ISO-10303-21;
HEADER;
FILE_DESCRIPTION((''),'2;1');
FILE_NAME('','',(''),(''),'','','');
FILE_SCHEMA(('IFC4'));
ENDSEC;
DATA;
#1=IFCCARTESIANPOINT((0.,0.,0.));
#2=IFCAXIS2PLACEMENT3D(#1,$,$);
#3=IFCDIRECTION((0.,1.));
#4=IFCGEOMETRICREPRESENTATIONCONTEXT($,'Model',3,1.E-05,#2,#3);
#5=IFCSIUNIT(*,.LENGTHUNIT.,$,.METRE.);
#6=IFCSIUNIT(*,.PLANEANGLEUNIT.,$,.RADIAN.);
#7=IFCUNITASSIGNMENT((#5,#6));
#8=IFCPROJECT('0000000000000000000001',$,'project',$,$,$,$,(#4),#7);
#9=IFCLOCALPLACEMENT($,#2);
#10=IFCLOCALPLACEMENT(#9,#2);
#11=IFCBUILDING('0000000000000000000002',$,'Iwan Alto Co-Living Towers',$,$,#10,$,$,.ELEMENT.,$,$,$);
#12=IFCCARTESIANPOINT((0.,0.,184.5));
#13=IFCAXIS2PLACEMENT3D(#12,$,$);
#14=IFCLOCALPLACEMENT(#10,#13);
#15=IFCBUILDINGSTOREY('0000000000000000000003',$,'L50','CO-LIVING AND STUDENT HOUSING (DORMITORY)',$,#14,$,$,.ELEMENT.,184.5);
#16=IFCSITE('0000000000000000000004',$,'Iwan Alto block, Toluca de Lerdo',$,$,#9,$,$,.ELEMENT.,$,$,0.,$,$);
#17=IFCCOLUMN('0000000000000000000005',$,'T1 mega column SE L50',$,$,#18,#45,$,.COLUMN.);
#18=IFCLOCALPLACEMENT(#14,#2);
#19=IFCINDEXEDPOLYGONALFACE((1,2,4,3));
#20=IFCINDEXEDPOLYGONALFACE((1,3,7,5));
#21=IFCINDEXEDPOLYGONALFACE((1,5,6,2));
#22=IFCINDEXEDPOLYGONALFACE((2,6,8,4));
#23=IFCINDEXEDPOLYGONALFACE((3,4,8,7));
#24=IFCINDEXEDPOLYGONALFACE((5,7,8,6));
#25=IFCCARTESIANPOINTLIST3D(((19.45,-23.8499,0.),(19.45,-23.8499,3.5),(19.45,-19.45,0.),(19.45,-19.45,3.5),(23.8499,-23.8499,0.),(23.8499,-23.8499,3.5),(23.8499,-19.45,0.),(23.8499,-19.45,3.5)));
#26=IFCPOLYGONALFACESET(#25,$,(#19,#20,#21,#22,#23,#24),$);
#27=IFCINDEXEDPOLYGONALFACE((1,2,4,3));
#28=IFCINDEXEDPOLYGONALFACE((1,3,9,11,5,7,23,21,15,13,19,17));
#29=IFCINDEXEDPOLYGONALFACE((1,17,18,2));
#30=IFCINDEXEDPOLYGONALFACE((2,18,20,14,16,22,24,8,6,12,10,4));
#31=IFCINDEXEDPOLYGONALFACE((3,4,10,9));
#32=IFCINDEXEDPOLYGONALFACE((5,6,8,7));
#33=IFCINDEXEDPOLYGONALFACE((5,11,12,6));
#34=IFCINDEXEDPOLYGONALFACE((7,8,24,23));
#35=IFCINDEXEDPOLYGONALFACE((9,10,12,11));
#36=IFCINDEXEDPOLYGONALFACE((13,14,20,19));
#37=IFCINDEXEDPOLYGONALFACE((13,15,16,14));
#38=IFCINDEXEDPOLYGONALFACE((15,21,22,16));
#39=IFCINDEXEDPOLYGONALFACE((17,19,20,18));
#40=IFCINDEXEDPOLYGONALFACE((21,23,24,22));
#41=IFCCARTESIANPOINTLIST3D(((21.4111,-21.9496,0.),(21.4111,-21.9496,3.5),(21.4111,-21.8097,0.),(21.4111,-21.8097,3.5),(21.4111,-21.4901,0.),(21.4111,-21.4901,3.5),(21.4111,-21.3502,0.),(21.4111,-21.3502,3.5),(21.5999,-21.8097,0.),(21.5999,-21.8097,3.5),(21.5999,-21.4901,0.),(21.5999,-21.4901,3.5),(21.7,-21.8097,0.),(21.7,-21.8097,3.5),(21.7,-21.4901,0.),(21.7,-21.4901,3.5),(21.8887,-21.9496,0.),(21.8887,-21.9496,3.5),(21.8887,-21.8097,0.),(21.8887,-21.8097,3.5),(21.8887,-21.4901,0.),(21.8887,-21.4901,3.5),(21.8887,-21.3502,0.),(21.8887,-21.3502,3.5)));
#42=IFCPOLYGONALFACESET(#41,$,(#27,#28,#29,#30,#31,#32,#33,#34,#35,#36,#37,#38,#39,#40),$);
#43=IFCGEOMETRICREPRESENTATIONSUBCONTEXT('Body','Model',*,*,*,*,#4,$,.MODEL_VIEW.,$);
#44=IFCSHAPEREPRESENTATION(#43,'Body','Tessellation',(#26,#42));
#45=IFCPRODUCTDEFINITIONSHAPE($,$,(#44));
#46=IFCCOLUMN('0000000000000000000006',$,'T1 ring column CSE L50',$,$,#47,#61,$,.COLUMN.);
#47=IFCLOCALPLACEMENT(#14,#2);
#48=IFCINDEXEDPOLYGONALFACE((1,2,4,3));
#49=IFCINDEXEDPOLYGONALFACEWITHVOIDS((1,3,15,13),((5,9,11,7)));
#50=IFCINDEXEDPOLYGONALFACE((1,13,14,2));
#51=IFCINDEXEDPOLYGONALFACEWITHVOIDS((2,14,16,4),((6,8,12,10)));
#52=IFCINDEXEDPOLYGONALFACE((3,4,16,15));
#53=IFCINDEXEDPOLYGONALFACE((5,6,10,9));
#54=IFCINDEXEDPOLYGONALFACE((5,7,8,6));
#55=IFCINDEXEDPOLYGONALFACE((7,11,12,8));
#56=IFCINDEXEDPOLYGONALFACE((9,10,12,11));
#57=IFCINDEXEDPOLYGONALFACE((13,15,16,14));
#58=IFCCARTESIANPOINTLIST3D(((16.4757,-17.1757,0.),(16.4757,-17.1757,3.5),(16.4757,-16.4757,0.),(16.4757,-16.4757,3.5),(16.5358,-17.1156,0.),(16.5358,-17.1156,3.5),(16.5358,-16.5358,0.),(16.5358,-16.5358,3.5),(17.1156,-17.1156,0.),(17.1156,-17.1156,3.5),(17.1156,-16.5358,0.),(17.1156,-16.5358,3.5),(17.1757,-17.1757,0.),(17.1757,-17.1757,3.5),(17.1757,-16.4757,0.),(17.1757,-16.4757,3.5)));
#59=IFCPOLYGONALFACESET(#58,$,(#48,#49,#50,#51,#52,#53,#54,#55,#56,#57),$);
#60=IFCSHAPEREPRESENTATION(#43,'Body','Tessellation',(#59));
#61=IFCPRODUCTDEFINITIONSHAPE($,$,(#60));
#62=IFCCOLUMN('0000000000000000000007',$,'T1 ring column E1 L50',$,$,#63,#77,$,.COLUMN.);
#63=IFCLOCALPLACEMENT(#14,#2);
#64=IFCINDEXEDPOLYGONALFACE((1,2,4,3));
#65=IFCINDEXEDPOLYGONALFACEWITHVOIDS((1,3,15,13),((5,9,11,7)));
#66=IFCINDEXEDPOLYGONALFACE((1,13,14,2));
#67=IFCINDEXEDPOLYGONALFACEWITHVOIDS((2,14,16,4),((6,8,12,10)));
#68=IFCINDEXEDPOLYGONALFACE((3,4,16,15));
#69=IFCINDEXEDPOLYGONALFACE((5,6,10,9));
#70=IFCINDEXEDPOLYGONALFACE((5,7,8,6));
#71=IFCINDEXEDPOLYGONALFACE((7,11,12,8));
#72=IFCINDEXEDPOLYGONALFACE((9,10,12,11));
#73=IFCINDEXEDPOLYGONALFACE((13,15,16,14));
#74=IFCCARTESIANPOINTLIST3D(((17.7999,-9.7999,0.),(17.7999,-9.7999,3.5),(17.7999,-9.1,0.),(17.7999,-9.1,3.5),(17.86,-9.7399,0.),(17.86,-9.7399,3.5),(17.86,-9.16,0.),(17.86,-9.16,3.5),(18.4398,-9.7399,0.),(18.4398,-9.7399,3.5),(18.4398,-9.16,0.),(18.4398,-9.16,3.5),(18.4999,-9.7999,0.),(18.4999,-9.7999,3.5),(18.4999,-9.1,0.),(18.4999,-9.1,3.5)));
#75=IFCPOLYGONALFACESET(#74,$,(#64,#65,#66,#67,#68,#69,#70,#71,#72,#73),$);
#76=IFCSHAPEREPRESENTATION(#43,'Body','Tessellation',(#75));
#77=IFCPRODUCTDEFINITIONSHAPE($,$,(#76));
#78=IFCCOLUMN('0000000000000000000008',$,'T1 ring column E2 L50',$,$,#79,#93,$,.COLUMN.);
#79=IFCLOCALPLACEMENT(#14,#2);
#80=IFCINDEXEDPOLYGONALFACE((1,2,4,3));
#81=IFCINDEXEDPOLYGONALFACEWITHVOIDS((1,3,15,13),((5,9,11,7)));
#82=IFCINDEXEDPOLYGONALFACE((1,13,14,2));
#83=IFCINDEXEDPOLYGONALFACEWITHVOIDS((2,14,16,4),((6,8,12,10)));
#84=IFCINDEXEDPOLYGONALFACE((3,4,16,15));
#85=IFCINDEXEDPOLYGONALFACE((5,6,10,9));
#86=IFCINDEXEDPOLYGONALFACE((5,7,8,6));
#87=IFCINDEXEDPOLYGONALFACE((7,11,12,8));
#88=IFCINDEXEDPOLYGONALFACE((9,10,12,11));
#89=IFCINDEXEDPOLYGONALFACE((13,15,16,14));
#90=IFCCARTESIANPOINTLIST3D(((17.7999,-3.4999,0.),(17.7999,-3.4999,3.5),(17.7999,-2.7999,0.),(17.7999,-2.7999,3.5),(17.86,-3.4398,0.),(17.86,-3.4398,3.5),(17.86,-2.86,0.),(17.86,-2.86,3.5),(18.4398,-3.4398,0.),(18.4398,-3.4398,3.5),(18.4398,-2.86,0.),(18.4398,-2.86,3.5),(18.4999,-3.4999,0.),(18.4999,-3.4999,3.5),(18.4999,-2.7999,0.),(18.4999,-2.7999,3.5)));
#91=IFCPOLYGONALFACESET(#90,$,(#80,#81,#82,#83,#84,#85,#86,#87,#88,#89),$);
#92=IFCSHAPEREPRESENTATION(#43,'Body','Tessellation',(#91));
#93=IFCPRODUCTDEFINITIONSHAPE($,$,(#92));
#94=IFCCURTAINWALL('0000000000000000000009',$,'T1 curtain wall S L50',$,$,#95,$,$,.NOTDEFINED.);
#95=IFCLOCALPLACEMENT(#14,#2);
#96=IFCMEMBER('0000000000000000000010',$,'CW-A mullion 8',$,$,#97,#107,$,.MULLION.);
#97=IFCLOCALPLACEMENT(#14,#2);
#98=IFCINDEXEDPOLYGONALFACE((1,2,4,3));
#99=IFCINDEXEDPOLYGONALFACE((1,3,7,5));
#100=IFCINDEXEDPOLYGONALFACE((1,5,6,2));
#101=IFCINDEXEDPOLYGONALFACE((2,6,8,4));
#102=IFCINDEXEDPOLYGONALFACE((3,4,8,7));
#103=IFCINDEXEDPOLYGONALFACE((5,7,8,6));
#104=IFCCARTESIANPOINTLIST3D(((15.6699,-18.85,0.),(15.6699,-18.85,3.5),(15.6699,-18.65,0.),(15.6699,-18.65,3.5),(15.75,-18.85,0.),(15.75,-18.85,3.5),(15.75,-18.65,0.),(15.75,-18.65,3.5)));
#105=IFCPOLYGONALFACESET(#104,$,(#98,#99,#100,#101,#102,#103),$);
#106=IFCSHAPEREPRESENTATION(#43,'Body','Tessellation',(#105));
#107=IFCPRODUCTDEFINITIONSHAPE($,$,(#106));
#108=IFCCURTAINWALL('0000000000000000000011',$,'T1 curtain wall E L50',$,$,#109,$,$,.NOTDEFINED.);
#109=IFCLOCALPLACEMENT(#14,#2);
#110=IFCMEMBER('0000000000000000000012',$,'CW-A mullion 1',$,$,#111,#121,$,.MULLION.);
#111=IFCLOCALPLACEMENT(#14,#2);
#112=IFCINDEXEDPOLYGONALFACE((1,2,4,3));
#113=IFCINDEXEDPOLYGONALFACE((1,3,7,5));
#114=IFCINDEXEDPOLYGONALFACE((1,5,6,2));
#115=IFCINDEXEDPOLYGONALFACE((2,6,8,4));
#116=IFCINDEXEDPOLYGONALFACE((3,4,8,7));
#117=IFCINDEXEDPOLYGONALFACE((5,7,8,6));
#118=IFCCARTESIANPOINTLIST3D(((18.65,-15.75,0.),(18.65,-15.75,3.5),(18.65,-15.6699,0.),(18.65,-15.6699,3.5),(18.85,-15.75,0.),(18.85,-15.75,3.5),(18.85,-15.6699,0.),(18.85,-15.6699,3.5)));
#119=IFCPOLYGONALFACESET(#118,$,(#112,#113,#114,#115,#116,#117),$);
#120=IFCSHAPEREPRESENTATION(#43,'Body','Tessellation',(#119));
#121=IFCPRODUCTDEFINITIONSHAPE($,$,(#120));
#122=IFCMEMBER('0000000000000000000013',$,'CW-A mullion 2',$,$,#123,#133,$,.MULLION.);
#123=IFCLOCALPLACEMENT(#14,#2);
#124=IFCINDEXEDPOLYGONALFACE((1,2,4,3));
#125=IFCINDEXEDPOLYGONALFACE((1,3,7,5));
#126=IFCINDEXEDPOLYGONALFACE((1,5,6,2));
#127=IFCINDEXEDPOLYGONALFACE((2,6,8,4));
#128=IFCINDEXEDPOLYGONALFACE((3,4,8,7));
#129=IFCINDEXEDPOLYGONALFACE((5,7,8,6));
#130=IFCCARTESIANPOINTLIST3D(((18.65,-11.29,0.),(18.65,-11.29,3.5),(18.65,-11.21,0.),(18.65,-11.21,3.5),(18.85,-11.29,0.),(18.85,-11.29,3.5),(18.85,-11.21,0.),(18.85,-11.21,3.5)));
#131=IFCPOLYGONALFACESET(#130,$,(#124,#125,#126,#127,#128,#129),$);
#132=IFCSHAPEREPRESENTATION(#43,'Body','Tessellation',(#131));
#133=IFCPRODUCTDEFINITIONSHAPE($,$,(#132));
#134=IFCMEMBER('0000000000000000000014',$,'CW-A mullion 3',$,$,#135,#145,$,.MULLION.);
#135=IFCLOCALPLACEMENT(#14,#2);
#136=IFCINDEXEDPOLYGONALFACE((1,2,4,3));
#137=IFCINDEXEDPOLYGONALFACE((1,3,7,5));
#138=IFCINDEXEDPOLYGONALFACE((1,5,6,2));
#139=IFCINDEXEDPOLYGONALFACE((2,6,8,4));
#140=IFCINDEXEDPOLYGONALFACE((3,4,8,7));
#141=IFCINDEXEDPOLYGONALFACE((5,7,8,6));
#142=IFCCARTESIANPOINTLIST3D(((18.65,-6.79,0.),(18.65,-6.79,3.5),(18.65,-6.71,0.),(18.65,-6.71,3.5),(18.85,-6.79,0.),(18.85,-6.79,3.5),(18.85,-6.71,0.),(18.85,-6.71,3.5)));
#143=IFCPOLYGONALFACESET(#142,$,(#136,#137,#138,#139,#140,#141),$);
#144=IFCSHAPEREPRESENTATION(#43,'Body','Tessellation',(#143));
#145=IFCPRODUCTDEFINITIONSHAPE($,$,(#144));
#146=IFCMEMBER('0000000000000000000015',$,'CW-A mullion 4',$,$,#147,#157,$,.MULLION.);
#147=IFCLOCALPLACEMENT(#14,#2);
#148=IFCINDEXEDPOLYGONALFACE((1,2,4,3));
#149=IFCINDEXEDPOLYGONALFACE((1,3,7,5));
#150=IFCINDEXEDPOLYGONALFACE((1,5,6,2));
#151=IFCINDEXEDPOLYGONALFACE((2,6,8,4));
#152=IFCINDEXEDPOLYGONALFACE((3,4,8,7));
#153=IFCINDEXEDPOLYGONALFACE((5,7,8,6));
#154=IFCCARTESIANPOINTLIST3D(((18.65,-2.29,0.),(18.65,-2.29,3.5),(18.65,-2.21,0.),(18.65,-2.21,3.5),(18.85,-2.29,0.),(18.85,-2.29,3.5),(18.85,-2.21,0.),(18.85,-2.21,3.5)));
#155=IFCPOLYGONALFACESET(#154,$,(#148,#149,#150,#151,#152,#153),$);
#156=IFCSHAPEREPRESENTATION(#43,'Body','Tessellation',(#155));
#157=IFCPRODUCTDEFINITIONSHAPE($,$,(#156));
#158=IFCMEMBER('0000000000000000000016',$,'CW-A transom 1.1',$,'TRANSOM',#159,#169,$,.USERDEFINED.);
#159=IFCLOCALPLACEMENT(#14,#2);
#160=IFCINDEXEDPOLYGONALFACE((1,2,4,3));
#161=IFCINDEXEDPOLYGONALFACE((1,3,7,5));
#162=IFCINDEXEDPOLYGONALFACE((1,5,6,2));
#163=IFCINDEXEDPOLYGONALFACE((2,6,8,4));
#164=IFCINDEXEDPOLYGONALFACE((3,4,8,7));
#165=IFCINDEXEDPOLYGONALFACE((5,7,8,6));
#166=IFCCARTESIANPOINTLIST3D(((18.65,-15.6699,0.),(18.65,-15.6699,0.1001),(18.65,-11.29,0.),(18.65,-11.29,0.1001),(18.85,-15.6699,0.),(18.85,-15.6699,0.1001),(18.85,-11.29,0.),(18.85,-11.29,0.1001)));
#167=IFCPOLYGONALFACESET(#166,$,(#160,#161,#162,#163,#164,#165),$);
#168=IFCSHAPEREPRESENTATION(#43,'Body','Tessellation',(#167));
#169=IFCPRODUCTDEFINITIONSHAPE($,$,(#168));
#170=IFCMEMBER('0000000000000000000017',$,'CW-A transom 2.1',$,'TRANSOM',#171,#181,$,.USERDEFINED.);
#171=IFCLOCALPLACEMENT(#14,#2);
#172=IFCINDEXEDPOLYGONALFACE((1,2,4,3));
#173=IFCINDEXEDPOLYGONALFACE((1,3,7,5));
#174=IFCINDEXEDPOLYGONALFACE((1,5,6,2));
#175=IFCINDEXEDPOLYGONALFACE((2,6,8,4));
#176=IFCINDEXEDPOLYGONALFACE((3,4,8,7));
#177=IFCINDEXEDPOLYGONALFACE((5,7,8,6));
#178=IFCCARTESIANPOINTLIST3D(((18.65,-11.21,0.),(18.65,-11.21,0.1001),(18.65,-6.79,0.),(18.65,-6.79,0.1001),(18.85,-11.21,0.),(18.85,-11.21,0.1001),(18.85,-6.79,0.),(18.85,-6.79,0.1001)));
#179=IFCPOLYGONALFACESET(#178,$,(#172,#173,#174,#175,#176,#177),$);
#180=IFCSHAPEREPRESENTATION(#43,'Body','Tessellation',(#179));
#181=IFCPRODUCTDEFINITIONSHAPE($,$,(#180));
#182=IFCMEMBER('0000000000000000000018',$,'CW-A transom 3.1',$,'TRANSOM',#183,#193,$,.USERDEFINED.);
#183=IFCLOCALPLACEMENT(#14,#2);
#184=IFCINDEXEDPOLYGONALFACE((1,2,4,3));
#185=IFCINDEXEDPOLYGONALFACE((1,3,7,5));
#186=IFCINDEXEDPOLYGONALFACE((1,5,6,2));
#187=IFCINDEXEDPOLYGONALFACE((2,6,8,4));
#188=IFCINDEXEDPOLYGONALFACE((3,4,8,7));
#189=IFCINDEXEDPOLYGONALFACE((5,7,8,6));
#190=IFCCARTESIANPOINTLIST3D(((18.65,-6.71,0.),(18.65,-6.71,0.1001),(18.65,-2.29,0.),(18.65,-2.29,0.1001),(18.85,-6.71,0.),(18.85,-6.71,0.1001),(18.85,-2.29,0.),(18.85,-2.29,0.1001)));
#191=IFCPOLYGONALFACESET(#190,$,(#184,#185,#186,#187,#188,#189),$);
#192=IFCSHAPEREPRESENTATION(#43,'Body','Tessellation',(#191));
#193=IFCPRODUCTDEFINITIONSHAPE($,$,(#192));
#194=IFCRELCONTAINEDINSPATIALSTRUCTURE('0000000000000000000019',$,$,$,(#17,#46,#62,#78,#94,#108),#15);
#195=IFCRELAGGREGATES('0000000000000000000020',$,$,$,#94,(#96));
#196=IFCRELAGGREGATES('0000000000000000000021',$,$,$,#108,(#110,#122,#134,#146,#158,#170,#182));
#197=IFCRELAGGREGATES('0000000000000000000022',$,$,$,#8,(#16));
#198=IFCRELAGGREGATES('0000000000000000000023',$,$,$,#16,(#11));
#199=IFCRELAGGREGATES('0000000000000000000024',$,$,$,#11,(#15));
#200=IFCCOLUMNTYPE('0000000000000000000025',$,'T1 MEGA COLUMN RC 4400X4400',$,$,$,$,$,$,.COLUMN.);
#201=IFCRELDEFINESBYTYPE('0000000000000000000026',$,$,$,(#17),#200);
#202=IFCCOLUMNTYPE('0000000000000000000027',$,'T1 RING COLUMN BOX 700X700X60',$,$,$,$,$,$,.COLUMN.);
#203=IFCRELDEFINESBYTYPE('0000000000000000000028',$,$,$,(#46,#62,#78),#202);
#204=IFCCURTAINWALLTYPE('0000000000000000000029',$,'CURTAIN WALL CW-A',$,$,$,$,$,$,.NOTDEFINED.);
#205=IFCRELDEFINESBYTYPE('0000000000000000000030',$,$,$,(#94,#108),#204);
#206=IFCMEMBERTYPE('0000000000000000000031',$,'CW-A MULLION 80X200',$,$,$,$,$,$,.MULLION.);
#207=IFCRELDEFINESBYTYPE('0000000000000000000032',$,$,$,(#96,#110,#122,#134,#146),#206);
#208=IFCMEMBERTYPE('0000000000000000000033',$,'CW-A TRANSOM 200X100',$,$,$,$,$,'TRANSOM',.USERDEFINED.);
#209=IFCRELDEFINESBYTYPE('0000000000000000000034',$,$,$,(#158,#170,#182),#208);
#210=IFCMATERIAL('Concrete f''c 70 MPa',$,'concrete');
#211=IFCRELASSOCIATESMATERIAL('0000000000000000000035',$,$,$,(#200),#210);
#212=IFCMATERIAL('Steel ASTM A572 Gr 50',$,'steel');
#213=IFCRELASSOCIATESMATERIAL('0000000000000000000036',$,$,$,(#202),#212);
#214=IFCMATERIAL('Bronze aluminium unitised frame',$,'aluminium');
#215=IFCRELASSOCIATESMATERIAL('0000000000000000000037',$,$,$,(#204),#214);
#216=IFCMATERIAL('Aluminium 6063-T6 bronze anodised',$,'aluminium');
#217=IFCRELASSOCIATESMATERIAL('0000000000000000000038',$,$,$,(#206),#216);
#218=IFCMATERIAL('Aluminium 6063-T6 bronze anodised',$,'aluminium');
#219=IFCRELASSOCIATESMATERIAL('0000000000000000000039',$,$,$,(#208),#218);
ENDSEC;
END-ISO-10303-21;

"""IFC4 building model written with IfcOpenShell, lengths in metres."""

from ifc_helpers import new_model, si_unit, direction, frame, origin, origin_2d, place, context, subcontext, project, spatial, rectangle, hollow_rectangle, i_section, extrude, material, material_profile, profile_set, type_object, element, aggregate, save


model = new_model("IFC4")

# Units and contexts
model_context = context("Model", 3, precision=1e-05, world=origin(), true_north=direction((0.0, 1.0)))
body_context = subcontext(model_context, "Body", "Model", "MODEL_VIEW")
ifc_project = project(units=[si_unit("LENGTHUNIT", "METRE"), si_unit("PLANEANGLEUNIT", "RADIAN")], contexts=[model_context])

# Site, building, storey
site_placement = place(None, origin())
site = spatial("IfcSite", under=ifc_project, at=site_placement, Name="Iwan Alto block, Toluca de Lerdo", CompositionType="ELEMENT", RefElevation=0.0)
building_placement = place(site_placement, origin())
building = spatial("IfcBuilding", under=site, at=building_placement, Name="Iwan Alto Co-Living Towers", CompositionType="ELEMENT")
storey_placement = place(building_placement, frame((0.0, 0.0, 184.5)))
storey = spatial("IfcBuildingStorey", under=building, at=storey_placement, Name="L50", Description="CO-LIVING AND STUDENT HOUSING (DORMITORY)", CompositionType="ELEMENT", Elevation=184.5)

# Columns
ifc_material_1 = material(Name="Concrete f'c 70 MPa", Category="concrete")
ifc_material_profile_1 = material_profile(ifc_material_1, rectangle(XDim=4.3999, YDim=4.3999, at=origin_2d()), Name="RC 4400X4400")
ifc_profile_set_1 = profile_set([ifc_material_profile_1], Name="Concrete f'c 70 MPa")
column_type_1 = type_object("IfcColumnType", Name="T1 MEGA COLUMN RC 4400X4400", PredefinedType="COLUMN", material=ifc_profile_set_1)
column_placement = place(storey_placement, frame((21.6499, -21.6499, 0.0), z_axis=(0.0, 0.0, 1.0), x_axis=(1.0, 0.0, 0.0)))
element("IfcColumn", 1, at=column_placement, inside=storey, type_object=column_type_1, Name="T1 mega column SE L50", PredefinedType="COLUMN", context=body_context, shape_type="SweptSolid", body=[
    extrude(rectangle(XDim=4.3999, YDim=4.3999, at=origin_2d()), origin(), (0.0, 0.0, 1.0), 3.5),
    extrude(i_section(OverallWidth=0.4775, OverallDepth=0.5994, WebThickness=0.1001, FlangeThickness=0.1399, at=origin_2d()), origin(), (0.0, 0.0, 1.0), 3.5),
])
ifc_material_2 = material(Name="Steel ASTM A572 Gr 50", Category="steel")
ifc_material_profile_2 = material_profile(ifc_material_2, hollow_rectangle(XDim=0.7, YDim=0.7, WallThickness=0.0601, at=origin_2d()), Name="BOX 700X700X60")
ifc_profile_set_2 = profile_set([ifc_material_profile_2], Name="Steel ASTM A572 Gr 50")
column_type_2 = type_object("IfcColumnType", Name="T1 RING COLUMN BOX 700X700X60", PredefinedType="COLUMN", material=ifc_profile_set_2)
for number, where, z_axis, x_axis, name in (
    (2, (16.8257, -16.8257, 0.0), (0.0, 0.0, 1.0), (1.0, 0.0, 0.0), "T1 ring column CSE L50"),
    (3, (18.1499, -9.45, 0.0), (0.0, 0.0, 1.0), (1.0, 0.0, 0.0), "T1 ring column E1 L50"),
    (4, (18.1499, -3.1499, 0.0), (0.0, 0.0, 1.0), (1.0, 0.0, 0.0), "T1 ring column E2 L50"),
):
    element("IfcColumn", number, at=place(storey_placement, frame(where, z_axis=z_axis, x_axis=x_axis)), inside=storey, type_object=column_type_2, Name=name, PredefinedType="COLUMN", context=body_context, shape_type="SweptSolid", body=[
        extrude(hollow_rectangle(XDim=0.7, YDim=0.7, WallThickness=0.0601, at=origin_2d()), origin(), (0.0, 0.0, 1.0), 3.5),
    ])

# Curtain wall, member
ifc_material_3 = material(Name="Bronze aluminium unitised frame", Category="aluminium")
curtain_wall_type_1 = type_object("IfcCurtainWallType", Name="CURTAIN WALL CW-A", PredefinedType="NOTDEFINED", material=ifc_material_3)
curtain_wall_1_placement = place(storey_placement, origin())
curtain_wall_1 = element("IfcCurtainWall", 5, at=curtain_wall_1_placement, inside=storey, type_object=curtain_wall_type_1, Name="T1 curtain wall S L50", PredefinedType="NOTDEFINED")
ifc_material_4 = material(Name="Aluminium 6063-T6 bronze anodised", Category="aluminium")
ifc_material_profile_3 = material_profile(ifc_material_4, rectangle(XDim=0.2, YDim=0.0801, at=origin_2d()), Name="AL 80X200")
ifc_profile_set_3 = profile_set([ifc_material_profile_3], Name="Aluminium 6063-T6 bronze anodised")
member_type_1 = type_object("IfcMemberType", Name="CW-A MULLION 80X200", PredefinedType="MULLION", material=ifc_profile_set_3)
member_1_placement = place(storey_placement, frame((15.71, -18.75, 0.0), z_axis=(0.0, 0.0, 1.0), x_axis=(0.0, 1.0, 0.0)))
member_1 = element("IfcMember", 6, at=member_1_placement, type_object=member_type_1, Name="CW-A mullion 8", PredefinedType="MULLION", context=body_context, shape_type="SweptSolid", body=[
    extrude(rectangle(XDim=0.2, YDim=0.0801, at=origin_2d()), origin(), (0.0, 0.0, 1.0), 3.5),
])

# Curtain wall, members
curtain_wall_2_placement = place(storey_placement, origin())
curtain_wall_2 = element("IfcCurtainWall", 7, at=curtain_wall_2_placement, inside=storey, type_object=curtain_wall_type_1, Name="T1 curtain wall E L50", PredefinedType="NOTDEFINED")
member_2_placement = place(storey_placement, frame((18.75, -15.71, 0.0), z_axis=(0.0, 0.0, 1.0), x_axis=(-1.0, 0.0, 0.0)))
member_2 = element("IfcMember", 8, at=member_2_placement, type_object=member_type_1, Name="CW-A mullion 1", PredefinedType="MULLION", context=body_context, shape_type="SweptSolid", body=[
    extrude(rectangle(XDim=0.2, YDim=0.0801, at=origin_2d()), origin(), (0.0, 0.0, 1.0), 3.5),
])
member_3_placement = place(storey_placement, frame((18.75, -11.25, 0.0), z_axis=(0.0, 0.0, 1.0), x_axis=(-1.0, 0.0, 0.0)))
member_3 = element("IfcMember", 9, at=member_3_placement, type_object=member_type_1, Name="CW-A mullion 2", PredefinedType="MULLION", context=body_context, shape_type="SweptSolid", body=[
    extrude(rectangle(XDim=0.2, YDim=0.0801, at=origin_2d()), origin(), (0.0, 0.0, 1.0), 3.5),
])
member_4_placement = place(storey_placement, frame((18.75, -6.75, 0.0), z_axis=(0.0, 0.0, 1.0), x_axis=(-1.0, 0.0, 0.0)))
member_4 = element("IfcMember", 10, at=member_4_placement, type_object=member_type_1, Name="CW-A mullion 3", PredefinedType="MULLION", context=body_context, shape_type="SweptSolid", body=[
    extrude(rectangle(XDim=0.2, YDim=0.0801, at=origin_2d()), origin(), (0.0, 0.0, 1.0), 3.5),
])
member_5_placement = place(storey_placement, frame((18.75, -2.25, 0.0), z_axis=(0.0, 0.0, 1.0), x_axis=(-1.0, 0.0, 0.0)))
member_5 = element("IfcMember", 11, at=member_5_placement, type_object=member_type_1, Name="CW-A mullion 4", PredefinedType="MULLION", context=body_context, shape_type="SweptSolid", body=[
    extrude(rectangle(XDim=0.2, YDim=0.0801, at=origin_2d()), origin(), (0.0, 0.0, 1.0), 3.5),
])
ifc_material_5 = material(Name="Aluminium 6063-T6 bronze anodised", Category="aluminium")
ifc_material_profile_4 = material_profile(ifc_material_5, rectangle(XDim=0.2, YDim=0.1001, at=origin_2d()), Name="AL 200X100")
ifc_profile_set_4 = profile_set([ifc_material_profile_4], Name="Aluminium 6063-T6 bronze anodised")
member_type_2 = type_object("IfcMemberType", Name="CW-A TRANSOM 200X100", ElementType="TRANSOM", PredefinedType="USERDEFINED", material=ifc_profile_set_4)
member_6_placement = place(storey_placement, frame((18.75, -15.6699, 0.05), z_axis=(0.0, 1.0, 0.0), x_axis=(-1.0, 0.0, 0.0)))
member_6 = element("IfcMember", 12, at=member_6_placement, type_object=member_type_2, Name="CW-A transom 1.1", ObjectType="TRANSOM", PredefinedType="USERDEFINED", context=body_context, shape_type="SweptSolid", body=[
    extrude(rectangle(XDim=0.2, YDim=0.1001, at=origin_2d()), origin(), (0.0, 0.0, 1.0), 4.3799),
])
member_7_placement = place(storey_placement, frame((18.75, -11.21, 0.05), z_axis=(0.0, 1.0, 0.0), x_axis=(-1.0, 0.0, 0.0)))
member_7 = element("IfcMember", 13, at=member_7_placement, type_object=member_type_2, Name="CW-A transom 2.1", ObjectType="TRANSOM", PredefinedType="USERDEFINED", context=body_context, shape_type="SweptSolid", body=[
    extrude(rectangle(XDim=0.2, YDim=0.1001, at=origin_2d()), origin(), (0.0, 0.0, 1.0), 4.4199),
])
member_8_placement = place(storey_placement, frame((18.75, -6.71, 0.05), z_axis=(0.0, 1.0, 0.0), x_axis=(-1.0, 0.0, 0.0)))
member_8 = element("IfcMember", 14, at=member_8_placement, type_object=member_type_2, Name="CW-A transom 3.1", ObjectType="TRANSOM", PredefinedType="USERDEFINED", context=body_context, shape_type="SweptSolid", body=[
    extrude(rectangle(XDim=0.2, YDim=0.1001, at=origin_2d()), origin(), (0.0, 0.0, 1.0), 4.4199),
])

aggregate(curtain_wall_1, [member_1])
aggregate(curtain_wall_2, [member_2, member_3, member_4, member_5, member_6, member_7, member_8])

save(model, "model.ifc")
